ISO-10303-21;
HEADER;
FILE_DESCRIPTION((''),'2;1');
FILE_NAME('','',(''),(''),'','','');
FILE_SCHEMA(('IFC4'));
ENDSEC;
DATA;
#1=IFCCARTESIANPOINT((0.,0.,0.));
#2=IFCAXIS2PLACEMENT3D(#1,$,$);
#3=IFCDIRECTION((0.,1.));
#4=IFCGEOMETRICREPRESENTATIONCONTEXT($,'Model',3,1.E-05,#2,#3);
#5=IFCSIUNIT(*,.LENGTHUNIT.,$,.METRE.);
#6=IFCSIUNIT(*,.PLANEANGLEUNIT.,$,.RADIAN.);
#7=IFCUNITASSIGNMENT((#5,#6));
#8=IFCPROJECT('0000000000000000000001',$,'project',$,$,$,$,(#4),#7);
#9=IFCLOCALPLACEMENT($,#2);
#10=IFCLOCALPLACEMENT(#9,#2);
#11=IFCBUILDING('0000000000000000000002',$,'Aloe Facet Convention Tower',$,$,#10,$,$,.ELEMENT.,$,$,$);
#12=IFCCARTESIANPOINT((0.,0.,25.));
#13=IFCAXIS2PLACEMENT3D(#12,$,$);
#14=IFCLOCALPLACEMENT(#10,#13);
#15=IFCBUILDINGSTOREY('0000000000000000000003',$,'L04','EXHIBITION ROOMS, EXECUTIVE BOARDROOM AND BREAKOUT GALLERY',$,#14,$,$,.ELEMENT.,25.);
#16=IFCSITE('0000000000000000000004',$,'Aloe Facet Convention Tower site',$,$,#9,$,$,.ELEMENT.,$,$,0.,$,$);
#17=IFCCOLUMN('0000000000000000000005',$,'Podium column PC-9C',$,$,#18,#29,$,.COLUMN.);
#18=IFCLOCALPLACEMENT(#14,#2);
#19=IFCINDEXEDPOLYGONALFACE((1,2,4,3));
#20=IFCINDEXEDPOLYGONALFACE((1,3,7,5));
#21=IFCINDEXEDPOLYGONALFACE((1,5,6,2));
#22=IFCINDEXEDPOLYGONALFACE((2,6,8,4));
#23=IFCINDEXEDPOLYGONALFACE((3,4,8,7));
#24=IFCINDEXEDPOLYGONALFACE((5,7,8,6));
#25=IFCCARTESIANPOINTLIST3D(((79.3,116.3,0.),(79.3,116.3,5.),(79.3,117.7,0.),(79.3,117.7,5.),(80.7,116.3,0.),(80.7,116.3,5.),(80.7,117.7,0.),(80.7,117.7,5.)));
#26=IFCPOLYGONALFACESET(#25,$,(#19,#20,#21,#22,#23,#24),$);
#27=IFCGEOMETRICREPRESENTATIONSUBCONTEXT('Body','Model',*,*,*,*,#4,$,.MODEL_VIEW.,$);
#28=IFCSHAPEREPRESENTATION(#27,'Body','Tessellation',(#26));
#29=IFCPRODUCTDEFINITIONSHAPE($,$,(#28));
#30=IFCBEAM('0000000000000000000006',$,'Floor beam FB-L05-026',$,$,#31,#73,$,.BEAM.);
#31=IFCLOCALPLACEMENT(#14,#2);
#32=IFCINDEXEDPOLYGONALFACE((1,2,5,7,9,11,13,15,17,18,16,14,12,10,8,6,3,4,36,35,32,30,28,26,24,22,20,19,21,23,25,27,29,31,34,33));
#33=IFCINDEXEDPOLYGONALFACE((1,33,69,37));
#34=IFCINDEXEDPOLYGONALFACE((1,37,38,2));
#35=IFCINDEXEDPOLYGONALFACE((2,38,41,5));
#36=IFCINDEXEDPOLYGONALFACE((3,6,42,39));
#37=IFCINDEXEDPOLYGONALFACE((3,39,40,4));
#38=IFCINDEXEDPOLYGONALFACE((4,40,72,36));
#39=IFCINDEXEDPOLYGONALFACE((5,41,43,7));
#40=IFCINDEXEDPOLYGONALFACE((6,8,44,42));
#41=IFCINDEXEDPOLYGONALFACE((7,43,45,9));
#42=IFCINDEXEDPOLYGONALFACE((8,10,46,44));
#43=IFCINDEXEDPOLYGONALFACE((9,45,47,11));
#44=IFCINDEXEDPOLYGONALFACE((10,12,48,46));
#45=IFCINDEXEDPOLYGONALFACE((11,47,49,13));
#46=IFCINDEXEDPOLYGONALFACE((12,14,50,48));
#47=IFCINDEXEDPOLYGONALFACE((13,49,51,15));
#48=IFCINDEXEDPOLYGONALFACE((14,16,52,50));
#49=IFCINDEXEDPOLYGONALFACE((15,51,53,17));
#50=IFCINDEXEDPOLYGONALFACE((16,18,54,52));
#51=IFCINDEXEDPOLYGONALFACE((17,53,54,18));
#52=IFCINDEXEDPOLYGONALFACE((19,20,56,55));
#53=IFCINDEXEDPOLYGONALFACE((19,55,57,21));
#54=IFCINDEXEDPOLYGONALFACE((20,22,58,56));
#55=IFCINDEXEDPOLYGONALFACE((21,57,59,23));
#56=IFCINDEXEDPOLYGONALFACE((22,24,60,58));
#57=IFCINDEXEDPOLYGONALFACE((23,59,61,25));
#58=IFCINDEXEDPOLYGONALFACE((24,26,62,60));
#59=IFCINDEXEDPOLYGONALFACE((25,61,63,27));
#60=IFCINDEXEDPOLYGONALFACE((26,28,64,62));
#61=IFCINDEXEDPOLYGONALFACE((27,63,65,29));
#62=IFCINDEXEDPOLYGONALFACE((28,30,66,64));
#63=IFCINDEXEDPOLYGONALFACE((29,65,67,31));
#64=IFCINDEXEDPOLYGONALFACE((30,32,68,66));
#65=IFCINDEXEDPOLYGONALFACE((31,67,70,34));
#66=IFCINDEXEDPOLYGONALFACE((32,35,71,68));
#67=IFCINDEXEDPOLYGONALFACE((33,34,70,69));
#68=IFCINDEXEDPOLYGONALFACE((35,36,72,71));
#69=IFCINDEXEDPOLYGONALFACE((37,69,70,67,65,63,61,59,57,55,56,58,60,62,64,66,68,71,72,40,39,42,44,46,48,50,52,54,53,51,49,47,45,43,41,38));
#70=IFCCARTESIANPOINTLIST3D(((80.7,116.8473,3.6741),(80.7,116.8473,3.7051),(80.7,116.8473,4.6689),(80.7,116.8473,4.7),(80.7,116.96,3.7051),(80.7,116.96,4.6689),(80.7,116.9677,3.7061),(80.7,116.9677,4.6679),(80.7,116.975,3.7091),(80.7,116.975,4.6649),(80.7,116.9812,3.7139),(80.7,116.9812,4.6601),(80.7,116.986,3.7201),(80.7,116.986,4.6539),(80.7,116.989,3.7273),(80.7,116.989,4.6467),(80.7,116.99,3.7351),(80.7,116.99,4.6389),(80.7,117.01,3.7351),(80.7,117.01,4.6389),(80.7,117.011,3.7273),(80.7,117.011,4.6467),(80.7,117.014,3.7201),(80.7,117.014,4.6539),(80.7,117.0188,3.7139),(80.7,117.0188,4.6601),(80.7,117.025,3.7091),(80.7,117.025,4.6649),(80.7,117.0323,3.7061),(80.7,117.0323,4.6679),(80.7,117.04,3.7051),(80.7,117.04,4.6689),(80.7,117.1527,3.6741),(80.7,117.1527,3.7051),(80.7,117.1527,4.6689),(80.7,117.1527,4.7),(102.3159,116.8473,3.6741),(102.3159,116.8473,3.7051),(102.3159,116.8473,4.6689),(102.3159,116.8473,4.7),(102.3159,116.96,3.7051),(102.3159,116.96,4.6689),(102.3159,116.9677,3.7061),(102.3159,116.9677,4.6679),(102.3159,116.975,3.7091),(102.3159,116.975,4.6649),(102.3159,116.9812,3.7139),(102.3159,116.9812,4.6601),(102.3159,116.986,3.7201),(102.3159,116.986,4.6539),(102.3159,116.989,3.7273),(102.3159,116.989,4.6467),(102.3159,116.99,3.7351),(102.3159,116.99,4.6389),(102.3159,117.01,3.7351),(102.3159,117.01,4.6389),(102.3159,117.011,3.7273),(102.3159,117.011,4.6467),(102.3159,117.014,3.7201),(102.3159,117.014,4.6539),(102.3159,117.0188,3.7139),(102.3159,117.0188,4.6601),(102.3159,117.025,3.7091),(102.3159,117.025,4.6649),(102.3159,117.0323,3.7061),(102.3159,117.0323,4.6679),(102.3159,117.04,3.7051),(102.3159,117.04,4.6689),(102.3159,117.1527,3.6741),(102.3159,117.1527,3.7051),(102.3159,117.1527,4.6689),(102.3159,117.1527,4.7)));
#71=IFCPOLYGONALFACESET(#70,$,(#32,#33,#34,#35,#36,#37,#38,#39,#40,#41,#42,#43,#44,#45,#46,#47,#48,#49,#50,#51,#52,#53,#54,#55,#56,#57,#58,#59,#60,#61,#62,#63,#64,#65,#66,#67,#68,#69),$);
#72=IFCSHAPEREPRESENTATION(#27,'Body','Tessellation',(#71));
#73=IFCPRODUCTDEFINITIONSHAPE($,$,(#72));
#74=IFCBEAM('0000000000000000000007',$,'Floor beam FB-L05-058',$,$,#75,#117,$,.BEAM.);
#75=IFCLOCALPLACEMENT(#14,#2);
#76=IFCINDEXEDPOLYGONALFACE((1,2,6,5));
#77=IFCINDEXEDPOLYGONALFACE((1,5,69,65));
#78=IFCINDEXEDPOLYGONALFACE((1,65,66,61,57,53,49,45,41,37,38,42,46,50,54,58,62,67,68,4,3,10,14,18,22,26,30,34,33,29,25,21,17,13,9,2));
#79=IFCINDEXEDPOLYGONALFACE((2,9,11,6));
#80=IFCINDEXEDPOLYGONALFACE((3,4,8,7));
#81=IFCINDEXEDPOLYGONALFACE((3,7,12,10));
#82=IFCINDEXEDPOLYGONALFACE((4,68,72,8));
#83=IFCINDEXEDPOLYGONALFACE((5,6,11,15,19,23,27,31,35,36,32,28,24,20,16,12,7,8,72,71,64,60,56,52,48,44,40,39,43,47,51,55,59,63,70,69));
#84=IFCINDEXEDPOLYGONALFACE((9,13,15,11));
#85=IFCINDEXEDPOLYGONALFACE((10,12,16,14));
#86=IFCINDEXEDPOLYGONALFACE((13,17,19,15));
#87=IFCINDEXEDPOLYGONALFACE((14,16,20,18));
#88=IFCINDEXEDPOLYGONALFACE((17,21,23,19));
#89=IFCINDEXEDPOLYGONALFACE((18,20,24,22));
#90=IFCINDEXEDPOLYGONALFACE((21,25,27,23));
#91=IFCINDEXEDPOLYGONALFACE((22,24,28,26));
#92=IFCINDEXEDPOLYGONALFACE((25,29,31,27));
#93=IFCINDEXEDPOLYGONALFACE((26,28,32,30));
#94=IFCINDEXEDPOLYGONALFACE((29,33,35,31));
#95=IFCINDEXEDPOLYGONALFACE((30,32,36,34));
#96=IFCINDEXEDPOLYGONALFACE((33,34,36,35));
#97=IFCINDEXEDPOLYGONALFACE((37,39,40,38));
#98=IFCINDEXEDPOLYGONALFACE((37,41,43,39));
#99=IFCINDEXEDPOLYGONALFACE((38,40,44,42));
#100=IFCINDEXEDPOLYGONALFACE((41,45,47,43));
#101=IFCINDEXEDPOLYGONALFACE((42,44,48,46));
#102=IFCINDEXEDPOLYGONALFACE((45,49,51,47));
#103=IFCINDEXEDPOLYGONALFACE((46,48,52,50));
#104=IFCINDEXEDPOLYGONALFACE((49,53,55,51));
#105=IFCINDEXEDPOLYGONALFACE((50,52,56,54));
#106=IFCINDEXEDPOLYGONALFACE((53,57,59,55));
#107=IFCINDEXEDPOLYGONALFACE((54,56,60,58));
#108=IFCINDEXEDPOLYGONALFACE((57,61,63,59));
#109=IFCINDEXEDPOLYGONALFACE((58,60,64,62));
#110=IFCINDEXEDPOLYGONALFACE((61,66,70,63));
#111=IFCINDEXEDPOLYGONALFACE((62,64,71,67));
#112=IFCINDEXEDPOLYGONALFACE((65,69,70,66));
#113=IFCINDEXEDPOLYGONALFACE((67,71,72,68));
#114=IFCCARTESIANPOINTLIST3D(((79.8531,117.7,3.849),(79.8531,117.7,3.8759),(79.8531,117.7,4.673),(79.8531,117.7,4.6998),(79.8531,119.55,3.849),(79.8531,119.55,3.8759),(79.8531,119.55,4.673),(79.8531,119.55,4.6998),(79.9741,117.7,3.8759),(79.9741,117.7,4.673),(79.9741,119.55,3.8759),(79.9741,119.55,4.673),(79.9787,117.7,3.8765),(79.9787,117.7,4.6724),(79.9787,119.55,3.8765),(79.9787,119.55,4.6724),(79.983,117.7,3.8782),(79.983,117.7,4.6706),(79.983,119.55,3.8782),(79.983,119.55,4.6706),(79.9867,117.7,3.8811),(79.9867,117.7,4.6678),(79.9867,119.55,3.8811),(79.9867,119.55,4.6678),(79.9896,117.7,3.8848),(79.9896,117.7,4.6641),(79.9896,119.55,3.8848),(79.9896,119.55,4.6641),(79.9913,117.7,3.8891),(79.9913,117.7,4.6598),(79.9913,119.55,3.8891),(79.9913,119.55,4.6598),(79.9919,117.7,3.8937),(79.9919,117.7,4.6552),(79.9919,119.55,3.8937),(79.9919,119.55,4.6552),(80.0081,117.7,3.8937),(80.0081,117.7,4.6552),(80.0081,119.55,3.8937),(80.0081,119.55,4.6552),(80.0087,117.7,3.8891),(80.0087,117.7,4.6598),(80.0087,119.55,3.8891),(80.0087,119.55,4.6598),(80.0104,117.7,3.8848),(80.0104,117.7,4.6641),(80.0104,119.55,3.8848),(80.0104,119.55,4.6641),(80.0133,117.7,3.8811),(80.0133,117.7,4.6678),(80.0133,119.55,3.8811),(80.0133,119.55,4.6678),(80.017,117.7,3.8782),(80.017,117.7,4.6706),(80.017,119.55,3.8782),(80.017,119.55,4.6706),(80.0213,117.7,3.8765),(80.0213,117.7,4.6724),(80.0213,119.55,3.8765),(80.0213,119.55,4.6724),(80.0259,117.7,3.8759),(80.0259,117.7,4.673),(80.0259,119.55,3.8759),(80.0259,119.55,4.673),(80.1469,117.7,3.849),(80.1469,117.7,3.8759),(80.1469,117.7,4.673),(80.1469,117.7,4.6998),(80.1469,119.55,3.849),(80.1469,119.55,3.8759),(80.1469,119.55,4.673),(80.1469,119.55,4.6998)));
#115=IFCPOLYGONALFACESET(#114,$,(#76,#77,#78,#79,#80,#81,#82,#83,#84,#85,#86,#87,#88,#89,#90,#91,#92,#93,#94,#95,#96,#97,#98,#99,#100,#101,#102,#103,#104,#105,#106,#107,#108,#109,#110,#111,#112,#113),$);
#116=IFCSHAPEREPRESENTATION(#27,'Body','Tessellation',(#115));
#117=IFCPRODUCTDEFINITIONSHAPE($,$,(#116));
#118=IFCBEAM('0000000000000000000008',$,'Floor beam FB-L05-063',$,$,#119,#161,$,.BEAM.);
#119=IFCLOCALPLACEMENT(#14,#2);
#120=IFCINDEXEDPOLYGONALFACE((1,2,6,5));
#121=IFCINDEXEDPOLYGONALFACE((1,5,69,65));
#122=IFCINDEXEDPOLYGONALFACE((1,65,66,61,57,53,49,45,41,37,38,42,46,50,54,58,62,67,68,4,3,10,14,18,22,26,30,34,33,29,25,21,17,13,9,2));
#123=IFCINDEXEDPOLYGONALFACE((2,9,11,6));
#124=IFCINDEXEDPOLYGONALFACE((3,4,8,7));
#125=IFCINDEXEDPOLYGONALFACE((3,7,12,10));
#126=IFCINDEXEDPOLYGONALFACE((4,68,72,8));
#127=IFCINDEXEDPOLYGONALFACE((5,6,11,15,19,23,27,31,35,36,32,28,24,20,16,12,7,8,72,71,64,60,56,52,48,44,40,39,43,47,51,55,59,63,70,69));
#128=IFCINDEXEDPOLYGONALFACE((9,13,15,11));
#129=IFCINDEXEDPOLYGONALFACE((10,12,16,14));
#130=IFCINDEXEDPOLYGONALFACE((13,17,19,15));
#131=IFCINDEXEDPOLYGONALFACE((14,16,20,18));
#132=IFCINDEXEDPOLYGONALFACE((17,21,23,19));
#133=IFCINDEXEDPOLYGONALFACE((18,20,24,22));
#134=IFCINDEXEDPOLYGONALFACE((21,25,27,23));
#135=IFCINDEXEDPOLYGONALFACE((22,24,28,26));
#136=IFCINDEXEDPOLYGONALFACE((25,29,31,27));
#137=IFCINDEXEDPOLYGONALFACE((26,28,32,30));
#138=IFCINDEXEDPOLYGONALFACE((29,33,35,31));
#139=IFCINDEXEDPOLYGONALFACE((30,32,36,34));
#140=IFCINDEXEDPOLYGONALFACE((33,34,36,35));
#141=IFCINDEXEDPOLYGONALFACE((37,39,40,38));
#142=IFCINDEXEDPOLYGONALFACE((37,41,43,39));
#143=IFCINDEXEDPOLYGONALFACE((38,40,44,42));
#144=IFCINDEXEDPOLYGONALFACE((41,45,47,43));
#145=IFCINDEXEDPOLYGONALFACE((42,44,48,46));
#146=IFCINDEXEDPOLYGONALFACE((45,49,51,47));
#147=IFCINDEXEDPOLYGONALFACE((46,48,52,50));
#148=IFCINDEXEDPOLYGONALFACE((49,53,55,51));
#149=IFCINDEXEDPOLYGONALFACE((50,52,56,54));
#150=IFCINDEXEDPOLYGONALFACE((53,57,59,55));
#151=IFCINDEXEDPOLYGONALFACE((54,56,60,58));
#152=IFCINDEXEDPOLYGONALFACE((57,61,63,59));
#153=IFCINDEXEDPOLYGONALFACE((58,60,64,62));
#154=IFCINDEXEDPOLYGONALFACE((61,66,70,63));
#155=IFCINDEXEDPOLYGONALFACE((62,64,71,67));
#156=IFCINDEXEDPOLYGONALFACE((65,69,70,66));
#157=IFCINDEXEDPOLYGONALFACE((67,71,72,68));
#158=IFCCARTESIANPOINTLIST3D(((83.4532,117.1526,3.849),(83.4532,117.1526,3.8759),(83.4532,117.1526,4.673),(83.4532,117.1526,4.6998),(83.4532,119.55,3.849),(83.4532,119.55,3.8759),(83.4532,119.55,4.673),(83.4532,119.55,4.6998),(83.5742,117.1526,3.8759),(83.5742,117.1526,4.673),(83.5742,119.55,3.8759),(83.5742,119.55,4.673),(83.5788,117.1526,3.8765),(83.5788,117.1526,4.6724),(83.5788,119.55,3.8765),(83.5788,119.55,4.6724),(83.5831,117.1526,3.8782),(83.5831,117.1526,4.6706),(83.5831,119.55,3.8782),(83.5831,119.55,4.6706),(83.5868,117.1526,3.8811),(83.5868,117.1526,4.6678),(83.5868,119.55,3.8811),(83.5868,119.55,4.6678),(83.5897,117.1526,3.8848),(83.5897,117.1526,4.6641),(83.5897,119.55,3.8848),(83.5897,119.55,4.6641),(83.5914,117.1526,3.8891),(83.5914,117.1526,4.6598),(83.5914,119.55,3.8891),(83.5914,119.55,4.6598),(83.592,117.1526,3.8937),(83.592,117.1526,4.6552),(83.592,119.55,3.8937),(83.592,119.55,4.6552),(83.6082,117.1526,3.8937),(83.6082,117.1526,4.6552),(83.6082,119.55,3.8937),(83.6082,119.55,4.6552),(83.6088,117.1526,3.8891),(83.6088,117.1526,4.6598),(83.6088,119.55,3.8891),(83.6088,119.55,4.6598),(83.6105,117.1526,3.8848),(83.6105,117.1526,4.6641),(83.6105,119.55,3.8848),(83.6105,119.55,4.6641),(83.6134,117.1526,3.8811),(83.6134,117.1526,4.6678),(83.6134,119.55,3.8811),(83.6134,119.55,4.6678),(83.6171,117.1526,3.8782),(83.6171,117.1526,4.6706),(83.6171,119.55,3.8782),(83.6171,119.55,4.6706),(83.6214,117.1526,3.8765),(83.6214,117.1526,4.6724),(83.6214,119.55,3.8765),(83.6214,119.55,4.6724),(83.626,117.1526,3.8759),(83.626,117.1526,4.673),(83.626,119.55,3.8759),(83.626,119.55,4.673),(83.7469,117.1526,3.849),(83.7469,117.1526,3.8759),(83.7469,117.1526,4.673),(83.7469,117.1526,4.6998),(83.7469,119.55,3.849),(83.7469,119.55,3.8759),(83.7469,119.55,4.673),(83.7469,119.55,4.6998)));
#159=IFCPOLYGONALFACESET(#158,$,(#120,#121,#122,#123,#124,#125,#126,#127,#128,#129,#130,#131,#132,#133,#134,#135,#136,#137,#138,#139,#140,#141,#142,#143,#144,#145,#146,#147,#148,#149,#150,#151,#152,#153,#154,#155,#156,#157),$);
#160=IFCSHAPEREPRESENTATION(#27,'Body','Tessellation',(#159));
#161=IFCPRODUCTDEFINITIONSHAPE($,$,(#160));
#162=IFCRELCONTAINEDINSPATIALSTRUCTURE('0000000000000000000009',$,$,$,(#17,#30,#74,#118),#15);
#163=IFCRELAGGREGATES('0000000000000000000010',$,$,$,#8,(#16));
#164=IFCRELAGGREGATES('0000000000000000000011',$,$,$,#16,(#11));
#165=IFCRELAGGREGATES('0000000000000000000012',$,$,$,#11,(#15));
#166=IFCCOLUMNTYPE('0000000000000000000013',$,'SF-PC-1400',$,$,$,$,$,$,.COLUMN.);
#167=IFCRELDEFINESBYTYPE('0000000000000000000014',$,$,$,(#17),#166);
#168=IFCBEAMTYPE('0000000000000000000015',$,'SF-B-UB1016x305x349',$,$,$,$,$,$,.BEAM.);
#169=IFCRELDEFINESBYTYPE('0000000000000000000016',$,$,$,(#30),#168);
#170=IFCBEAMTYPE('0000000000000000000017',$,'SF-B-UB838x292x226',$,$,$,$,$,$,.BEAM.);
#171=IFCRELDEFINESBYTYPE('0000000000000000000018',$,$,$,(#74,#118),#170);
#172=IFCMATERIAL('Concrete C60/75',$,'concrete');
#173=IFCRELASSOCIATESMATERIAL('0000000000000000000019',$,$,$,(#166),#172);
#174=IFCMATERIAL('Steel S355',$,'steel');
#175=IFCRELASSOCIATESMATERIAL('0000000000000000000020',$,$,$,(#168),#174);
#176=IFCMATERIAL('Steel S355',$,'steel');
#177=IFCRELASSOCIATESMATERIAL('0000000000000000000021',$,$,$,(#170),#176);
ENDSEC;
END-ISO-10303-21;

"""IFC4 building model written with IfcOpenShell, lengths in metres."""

from ifc_helpers import new_model, si_unit, direction, frame, origin, origin_2d, place, context, subcontext, project, spatial, rectangle, i_section, extrude, material, material_profile, profile_set, type_object, element, save


model = new_model("IFC4")

# Units and contexts
model_context = context("Model", 3, precision=1e-05, world=origin(), true_north=direction((0.0, 1.0)))
body_context = subcontext(model_context, "Body", "Model", "MODEL_VIEW")
ifc_project = project(units=[si_unit("LENGTHUNIT", "METRE"), si_unit("PLANEANGLEUNIT", "RADIAN")], contexts=[model_context])

# Site, building, storey
site_placement = place(None, origin())
site = spatial("IfcSite", under=ifc_project, at=site_placement, Name="Aloe Facet Convention Tower site", CompositionType="ELEMENT", RefElevation=0.0)
building_placement = place(site_placement, origin())
building = spatial("IfcBuilding", under=site, at=building_placement, Name="Aloe Facet Convention Tower", CompositionType="ELEMENT")
storey_placement = place(building_placement, frame((0.0, 0.0, 25.0)))
storey = spatial("IfcBuildingStorey", under=building, at=storey_placement, Name="L04", Description="EXHIBITION ROOMS, EXECUTIVE BOARDROOM AND BREAKOUT GALLERY", CompositionType="ELEMENT", Elevation=25.0)

# Column
ifc_material_1 = material(Name="Concrete C60/75", Category="concrete")
ifc_material_profile_1 = material_profile(ifc_material_1, rectangle(XDim=1.3999, YDim=1.3999, at=origin_2d()), Name="SF-PC-1400")
ifc_profile_set_1 = profile_set([ifc_material_profile_1], Name="Concrete C60/75")
column_type = type_object("IfcColumnType", Name="SF-PC-1400", PredefinedType="COLUMN", material=ifc_profile_set_1)
column_placement = place(storey_placement, frame((80.0, 117.0, 0.0), z_axis=(0.0, 0.0, 1.0), x_axis=(1.0, 0.0, 0.0)))
element("IfcColumn", 1, at=column_placement, inside=storey, type_object=column_type, Name="Podium column PC-9C", PredefinedType="COLUMN", context=body_context, shape_type="SweptSolid", body=[
    extrude(rectangle(XDim=1.3999, YDim=1.3999, at=origin_2d()), origin(), (0.0, 0.0, 1.0), 5.0),
])

# Beams
ifc_material_2 = material(Name="Steel S355", Category="steel")
ifc_material_profile_2 = material_profile(ifc_material_2, i_section(OverallWidth=0.3054, OverallDepth=1.0259, WebThickness=0.02, FlangeThickness=0.031, FilletRadius=0.03, at=origin_2d()), Name="UB 1016x305x349")
ifc_profile_set_2 = profile_set([ifc_material_profile_2], Name="Steel S355")
beam_type_1 = type_object("IfcBeamType", Name="SF-B-UB1016x305x349", PredefinedType="BEAM", material=ifc_profile_set_2)
beam_1_placement = place(storey_placement, frame((80.7, 117.0, 4.187), z_axis=(1.0, 0.0, 0.0), x_axis=(0.0, 1.0, 0.0)))
element("IfcBeam", 2, at=beam_1_placement, inside=storey, type_object=beam_type_1, Name="Floor beam FB-L05-026", PredefinedType="BEAM", context=body_context, shape_type="SweptSolid", body=[
    extrude(i_section(OverallWidth=0.3054, OverallDepth=1.0259, WebThickness=0.02, FlangeThickness=0.031, FilletRadius=0.03, at=origin_2d()), origin(), (0.0, 0.0, 1.0), 21.616),
])
ifc_material_3 = material(Name="Steel S355", Category="steel")
ifc_material_profile_3 = material_profile(ifc_material_3, i_section(OverallWidth=0.2937, OverallDepth=0.8508, WebThickness=0.0161, FlangeThickness=0.0269, FilletRadius=0.0178, at=origin_2d()), Name="UB 838x292x226")
ifc_profile_set_3 = profile_set([ifc_material_profile_3], Name="Steel S355")
beam_type_2 = type_object("IfcBeamType", Name="SF-B-UB838x292x226", PredefinedType="BEAM", material=ifc_profile_set_3)
beam_2_placement = place(storey_placement, frame((80.0, 117.7, 4.2744), z_axis=(0.0, 1.0, 0.0), x_axis=(-1.0, 0.0, 0.0)))
element("IfcBeam", 3, at=beam_2_placement, inside=storey, type_object=beam_type_2, Name="Floor beam FB-L05-058", PredefinedType="BEAM", context=body_context, shape_type="SweptSolid", body=[
    extrude(i_section(OverallWidth=0.2937, OverallDepth=0.8508, WebThickness=0.0161, FlangeThickness=0.0269, FilletRadius=0.0178, at=origin_2d()), origin(), (0.0, 0.0, 1.0), 1.8501),
])
for number, where, z_axis, x_axis, name in (
    (4, (83.6001, 117.1526, 4.2744), (0.0, 1.0, 0.0), (-1.0, 0.0, 0.0), "Floor beam FB-L05-063"),
):
    element("IfcBeam", number, at=place(storey_placement, frame(where, z_axis=z_axis, x_axis=x_axis)), inside=storey, type_object=beam_type_2, Name=name, PredefinedType="BEAM", context=body_context, shape_type="SweptSolid", body=[
        extrude(i_section(OverallWidth=0.2937, OverallDepth=0.8508, WebThickness=0.0161, FlangeThickness=0.0269, FilletRadius=0.0178, at=origin_2d()), origin(), (0.0, 0.0, 1.0), 2.3975),
    ])

save(model, "model.ifc")
